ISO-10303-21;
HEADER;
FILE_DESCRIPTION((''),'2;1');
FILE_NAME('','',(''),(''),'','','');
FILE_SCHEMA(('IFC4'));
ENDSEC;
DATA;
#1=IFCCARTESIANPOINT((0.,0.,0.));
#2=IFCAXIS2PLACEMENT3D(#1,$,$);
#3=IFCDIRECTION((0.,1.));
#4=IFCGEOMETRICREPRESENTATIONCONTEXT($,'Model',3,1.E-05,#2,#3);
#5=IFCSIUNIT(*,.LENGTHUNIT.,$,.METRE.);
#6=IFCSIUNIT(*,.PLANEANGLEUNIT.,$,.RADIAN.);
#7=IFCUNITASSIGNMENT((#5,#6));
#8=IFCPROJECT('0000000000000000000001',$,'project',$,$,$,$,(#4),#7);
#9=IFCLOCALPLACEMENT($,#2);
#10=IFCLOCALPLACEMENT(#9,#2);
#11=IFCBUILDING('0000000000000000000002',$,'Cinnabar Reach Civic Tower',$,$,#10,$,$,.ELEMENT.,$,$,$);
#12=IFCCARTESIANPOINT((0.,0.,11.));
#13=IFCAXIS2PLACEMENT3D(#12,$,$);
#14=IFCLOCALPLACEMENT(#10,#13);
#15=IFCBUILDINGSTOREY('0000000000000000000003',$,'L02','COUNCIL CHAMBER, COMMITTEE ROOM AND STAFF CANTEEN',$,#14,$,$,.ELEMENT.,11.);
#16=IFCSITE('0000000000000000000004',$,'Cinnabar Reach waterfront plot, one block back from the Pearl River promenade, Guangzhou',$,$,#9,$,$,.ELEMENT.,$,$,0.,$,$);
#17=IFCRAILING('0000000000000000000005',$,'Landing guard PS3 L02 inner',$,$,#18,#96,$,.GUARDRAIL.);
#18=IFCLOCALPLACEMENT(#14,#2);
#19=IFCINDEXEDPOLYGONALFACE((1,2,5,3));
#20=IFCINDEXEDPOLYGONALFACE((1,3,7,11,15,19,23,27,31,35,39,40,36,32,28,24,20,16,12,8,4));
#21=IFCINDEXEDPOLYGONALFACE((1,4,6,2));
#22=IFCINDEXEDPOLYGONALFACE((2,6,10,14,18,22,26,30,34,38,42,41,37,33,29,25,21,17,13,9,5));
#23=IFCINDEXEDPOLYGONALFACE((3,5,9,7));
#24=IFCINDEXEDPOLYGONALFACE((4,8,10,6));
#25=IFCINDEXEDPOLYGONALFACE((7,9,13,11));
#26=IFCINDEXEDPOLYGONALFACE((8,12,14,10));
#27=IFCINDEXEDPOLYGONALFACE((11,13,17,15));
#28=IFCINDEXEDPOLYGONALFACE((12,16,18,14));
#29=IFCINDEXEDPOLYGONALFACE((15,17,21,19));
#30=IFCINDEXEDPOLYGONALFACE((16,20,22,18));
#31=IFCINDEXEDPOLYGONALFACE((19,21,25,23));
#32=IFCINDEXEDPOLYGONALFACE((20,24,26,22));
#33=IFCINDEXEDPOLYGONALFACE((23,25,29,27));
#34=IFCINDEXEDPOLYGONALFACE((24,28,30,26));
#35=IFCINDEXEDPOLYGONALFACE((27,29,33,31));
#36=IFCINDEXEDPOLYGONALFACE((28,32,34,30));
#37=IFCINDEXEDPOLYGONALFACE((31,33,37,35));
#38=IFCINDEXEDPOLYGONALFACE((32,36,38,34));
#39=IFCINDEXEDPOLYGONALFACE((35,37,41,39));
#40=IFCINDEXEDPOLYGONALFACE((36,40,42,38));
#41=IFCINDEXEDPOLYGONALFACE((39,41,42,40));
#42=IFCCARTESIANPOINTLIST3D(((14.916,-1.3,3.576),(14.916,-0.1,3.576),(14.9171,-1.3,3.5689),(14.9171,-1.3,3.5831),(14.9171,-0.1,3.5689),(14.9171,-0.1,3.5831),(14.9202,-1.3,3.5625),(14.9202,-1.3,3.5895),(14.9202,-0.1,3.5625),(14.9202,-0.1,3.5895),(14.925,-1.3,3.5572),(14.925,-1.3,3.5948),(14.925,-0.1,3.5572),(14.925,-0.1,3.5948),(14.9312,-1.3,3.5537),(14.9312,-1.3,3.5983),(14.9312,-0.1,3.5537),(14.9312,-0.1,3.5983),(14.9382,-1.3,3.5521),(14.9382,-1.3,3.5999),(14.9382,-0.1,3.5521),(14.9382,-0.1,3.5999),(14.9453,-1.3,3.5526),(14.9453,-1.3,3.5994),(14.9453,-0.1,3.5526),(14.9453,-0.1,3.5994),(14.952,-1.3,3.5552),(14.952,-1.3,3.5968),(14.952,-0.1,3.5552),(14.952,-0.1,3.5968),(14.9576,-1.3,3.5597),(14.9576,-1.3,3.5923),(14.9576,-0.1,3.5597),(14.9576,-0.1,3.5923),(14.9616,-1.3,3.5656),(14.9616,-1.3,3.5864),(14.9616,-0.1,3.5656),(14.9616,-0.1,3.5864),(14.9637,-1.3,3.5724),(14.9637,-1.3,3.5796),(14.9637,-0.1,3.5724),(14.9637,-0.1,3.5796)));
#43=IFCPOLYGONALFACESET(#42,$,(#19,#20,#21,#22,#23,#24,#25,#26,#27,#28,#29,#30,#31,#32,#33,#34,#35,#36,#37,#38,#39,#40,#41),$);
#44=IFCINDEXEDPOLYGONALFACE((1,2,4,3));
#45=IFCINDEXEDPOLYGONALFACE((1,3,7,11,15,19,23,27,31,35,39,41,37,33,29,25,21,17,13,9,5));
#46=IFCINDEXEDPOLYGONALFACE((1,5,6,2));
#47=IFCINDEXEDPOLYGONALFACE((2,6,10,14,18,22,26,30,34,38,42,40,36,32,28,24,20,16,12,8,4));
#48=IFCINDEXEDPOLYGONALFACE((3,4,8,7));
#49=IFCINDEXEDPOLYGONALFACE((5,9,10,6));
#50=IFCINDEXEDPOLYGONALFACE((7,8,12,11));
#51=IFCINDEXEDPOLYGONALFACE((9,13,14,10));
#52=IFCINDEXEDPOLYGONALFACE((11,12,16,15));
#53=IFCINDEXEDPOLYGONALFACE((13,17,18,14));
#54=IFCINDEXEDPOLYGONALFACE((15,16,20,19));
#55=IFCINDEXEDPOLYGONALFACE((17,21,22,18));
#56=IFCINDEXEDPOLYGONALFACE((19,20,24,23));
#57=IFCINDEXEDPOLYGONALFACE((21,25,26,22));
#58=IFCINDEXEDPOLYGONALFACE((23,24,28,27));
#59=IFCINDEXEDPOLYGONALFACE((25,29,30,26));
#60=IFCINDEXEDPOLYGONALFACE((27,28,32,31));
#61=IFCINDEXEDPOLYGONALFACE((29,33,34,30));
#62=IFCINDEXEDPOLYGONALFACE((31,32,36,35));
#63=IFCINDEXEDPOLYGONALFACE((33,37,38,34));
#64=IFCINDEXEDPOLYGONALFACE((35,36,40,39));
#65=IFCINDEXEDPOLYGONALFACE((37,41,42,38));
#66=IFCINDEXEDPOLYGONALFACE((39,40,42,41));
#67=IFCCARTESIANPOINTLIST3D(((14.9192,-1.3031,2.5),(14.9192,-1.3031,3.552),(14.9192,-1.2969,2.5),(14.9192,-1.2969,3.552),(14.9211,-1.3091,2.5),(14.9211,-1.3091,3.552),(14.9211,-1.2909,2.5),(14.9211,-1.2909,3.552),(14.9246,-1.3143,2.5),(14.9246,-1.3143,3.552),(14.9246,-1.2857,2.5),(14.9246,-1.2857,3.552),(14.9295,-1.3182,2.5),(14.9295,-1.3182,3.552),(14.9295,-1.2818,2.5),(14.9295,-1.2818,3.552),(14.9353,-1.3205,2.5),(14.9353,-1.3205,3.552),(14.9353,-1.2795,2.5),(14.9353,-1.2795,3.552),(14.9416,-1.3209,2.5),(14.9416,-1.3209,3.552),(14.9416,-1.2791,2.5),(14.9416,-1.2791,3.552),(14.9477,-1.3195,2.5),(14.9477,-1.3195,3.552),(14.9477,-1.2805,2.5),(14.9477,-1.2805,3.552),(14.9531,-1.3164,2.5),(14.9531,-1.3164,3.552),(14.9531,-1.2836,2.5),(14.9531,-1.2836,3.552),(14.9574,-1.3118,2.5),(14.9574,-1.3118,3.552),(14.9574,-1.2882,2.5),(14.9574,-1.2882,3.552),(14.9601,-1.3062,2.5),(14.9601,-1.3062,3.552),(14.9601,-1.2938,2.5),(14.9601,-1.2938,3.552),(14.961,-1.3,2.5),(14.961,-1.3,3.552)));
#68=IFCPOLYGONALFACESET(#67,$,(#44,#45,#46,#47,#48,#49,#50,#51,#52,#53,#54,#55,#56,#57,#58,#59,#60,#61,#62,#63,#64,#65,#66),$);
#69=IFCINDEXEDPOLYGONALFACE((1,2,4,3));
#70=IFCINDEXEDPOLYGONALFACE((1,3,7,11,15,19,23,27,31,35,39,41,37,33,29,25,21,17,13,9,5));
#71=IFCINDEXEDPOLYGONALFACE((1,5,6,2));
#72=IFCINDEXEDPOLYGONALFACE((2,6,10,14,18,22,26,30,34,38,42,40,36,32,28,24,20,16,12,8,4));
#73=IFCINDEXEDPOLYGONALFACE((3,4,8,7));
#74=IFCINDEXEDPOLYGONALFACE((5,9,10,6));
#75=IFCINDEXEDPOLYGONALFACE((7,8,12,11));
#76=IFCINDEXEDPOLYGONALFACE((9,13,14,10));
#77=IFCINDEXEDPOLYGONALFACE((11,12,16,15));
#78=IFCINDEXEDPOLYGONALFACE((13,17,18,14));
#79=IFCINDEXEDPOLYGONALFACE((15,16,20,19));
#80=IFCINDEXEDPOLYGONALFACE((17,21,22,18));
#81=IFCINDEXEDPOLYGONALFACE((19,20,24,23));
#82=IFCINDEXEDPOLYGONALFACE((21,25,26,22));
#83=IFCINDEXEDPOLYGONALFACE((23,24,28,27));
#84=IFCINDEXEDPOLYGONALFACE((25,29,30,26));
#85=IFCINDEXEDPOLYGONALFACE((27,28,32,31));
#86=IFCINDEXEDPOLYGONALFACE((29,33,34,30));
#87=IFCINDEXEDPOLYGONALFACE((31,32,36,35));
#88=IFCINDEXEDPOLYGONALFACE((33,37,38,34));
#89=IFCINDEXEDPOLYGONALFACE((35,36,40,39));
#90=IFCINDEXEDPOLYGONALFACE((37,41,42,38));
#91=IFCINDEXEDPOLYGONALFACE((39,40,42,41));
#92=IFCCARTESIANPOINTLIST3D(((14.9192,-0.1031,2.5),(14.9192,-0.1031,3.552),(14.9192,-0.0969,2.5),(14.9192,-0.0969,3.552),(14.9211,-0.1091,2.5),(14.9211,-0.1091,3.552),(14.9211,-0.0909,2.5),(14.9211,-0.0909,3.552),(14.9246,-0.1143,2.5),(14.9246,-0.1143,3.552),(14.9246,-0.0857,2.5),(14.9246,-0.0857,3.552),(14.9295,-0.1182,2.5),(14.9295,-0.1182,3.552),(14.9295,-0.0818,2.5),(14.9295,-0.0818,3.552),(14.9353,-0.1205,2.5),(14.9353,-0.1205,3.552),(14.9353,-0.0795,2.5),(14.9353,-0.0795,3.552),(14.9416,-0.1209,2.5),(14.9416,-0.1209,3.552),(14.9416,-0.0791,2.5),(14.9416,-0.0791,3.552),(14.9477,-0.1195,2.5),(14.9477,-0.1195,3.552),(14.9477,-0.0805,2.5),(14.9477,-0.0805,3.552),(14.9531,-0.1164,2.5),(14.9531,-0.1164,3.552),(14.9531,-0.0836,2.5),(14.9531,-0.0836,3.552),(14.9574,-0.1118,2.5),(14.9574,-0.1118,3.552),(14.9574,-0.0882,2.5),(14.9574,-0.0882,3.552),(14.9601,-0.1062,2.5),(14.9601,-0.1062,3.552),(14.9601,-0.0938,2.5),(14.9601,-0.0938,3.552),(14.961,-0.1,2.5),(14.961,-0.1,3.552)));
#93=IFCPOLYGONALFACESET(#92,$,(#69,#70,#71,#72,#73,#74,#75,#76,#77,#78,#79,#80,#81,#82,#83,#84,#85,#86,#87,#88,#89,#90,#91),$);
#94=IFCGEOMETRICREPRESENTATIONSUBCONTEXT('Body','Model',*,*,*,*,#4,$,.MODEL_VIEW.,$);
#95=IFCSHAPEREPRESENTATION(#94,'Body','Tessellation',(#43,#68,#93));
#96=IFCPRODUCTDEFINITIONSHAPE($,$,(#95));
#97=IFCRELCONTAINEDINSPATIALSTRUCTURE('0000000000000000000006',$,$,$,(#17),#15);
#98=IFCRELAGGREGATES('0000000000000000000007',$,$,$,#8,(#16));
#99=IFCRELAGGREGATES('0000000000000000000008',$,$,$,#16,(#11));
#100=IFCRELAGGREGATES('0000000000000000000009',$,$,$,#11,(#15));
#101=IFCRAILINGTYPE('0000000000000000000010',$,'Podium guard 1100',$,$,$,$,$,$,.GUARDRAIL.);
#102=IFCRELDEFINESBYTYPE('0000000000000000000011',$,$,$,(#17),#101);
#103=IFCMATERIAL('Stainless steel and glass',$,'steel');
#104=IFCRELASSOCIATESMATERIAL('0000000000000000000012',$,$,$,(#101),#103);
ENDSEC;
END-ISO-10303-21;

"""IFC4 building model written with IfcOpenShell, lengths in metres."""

from ifc_helpers import new_model, si_unit, direction, frame, origin, origin_2d, place, context, subcontext, project, spatial, circle, extrude, material, type_object, element, save


model = new_model("IFC4")

# Units and contexts
model_context = context("Model", 3, precision=1e-05, world=origin(), true_north=direction((0.0, 1.0)))
body_context = subcontext(model_context, "Body", "Model", "MODEL_VIEW")
ifc_project = project(units=[si_unit("LENGTHUNIT", "METRE"), si_unit("PLANEANGLEUNIT", "RADIAN")], contexts=[model_context])

# Site, building, storey
site_placement = place(None, origin())
site = spatial("IfcSite", under=ifc_project, at=site_placement, Name="Cinnabar Reach waterfront plot, one block back from the Pearl River promenade, Guangzhou", CompositionType="ELEMENT", RefElevation=0.0)
building_placement = place(site_placement, origin())
building = spatial("IfcBuilding", under=site, at=building_placement, Name="Cinnabar Reach Civic Tower", CompositionType="ELEMENT")
storey_placement = place(building_placement, frame((0.0, 0.0, 11.0)))
storey = spatial("IfcBuildingStorey", under=building, at=storey_placement, Name="L02", Description="COUNCIL CHAMBER, COMMITTEE ROOM AND STAFF CANTEEN", CompositionType="ELEMENT", Elevation=11.0)

# Railing
ifc_material_1 = material(Name="Stainless steel and glass", Category="steel")
railing_type_1 = type_object("IfcRailingType", Name="Podium guard 1100", PredefinedType="GUARDRAIL", material=ifc_material_1)
railing_1_placement = place(storey_placement, frame((14.94, -1.3, 2.5)))
element("IfcRailing", 1, at=railing_1_placement, inside=storey, type_object=railing_type_1, Name="Landing guard PS3 L02 inner", PredefinedType="GUARDRAIL", context=body_context, shape_type="SweptSolid", body=[
    extrude(circle(Radius=0.024, at=origin_2d()), frame((0.0, 0.0, 1.076), z_axis=(0.0, 1.0, 0.0), x_axis=(-1.0, 0.0, 0.0)), (0.0, 0.0, 1.0), 1.2),
    extrude(circle(Radius=0.021, at=origin_2d()), origin(), (0.0, 0.0, 1.0), 1.052),
    extrude(circle(Radius=0.021, at=origin_2d()), frame((0.0, 1.2, 0.0)), (0.0, 0.0, 1.0), 1.052),
])

save(model, "model.ifc")
